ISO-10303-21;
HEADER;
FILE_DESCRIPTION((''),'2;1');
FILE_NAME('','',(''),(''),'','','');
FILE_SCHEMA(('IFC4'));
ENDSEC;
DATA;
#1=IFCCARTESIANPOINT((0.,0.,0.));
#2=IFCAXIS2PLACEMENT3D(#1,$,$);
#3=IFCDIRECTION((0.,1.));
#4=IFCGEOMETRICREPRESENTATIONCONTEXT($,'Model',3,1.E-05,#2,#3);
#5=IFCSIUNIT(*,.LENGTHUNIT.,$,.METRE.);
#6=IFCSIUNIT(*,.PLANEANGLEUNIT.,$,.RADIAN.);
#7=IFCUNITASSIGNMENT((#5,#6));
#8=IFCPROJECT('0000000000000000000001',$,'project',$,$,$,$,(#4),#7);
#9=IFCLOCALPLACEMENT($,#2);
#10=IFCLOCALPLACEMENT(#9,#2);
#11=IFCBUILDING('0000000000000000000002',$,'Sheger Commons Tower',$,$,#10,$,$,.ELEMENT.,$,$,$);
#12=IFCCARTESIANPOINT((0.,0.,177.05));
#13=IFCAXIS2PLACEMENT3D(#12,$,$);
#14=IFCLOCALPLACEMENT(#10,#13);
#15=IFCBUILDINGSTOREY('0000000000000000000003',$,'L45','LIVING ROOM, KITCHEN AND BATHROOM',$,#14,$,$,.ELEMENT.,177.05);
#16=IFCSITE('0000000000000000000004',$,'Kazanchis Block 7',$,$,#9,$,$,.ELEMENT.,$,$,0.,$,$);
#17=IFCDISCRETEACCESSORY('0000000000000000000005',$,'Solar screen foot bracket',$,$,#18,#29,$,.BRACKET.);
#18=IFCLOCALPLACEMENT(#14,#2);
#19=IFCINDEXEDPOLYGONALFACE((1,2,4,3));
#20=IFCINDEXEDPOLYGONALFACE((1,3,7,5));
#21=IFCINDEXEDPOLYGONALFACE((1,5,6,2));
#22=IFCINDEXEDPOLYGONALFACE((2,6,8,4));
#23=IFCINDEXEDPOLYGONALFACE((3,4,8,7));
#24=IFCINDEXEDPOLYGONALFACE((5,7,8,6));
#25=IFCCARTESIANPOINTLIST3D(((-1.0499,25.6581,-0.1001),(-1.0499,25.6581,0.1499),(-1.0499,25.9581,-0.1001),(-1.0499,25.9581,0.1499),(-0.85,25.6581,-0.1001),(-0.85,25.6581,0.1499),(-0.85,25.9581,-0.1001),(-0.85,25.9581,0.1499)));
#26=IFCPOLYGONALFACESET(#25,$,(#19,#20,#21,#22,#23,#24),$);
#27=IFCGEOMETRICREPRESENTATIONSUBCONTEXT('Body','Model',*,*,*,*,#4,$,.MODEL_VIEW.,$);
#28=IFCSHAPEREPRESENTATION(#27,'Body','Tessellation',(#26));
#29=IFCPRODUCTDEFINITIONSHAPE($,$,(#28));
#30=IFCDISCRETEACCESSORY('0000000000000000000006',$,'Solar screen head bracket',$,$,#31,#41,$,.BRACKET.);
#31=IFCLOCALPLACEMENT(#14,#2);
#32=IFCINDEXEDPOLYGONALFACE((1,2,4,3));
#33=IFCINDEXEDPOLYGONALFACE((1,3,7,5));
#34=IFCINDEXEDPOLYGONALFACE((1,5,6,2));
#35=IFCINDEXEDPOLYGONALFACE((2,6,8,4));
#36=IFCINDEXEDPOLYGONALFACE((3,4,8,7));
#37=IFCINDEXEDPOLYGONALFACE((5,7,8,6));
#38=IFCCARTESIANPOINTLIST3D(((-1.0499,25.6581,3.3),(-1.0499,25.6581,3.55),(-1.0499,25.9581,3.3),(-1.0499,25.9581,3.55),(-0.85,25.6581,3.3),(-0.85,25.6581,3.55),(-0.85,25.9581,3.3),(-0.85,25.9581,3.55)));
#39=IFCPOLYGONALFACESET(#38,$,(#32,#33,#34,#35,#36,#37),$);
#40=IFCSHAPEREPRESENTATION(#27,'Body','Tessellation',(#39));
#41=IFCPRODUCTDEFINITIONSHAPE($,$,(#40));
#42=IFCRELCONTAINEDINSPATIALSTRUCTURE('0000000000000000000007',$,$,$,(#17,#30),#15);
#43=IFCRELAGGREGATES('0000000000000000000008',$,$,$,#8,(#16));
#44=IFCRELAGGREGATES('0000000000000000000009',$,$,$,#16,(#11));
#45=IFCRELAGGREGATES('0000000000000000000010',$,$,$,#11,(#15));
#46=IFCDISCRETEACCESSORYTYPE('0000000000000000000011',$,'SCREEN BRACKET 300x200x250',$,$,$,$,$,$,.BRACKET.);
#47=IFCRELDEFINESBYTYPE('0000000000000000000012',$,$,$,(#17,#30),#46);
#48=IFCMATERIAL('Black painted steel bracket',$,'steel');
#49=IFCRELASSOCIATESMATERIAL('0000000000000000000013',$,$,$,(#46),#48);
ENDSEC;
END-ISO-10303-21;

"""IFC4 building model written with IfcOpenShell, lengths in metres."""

from ifc_helpers import new_model, si_unit, direction, frame, origin, origin_2d, place, context, subcontext, project, spatial, rectangle, extrude, material, type_object, element, save


model = new_model("IFC4")

# Units and contexts
model_context = context("Model", 3, precision=1e-05, world=origin(), true_north=direction((0.0, 1.0)))
body_context = subcontext(model_context, "Body", "Model", "MODEL_VIEW")
ifc_project = project(units=[si_unit("LENGTHUNIT", "METRE"), si_unit("PLANEANGLEUNIT", "RADIAN")], contexts=[model_context])

# Site, building, storey
site_placement = place(None, origin())
site = spatial("IfcSite", under=ifc_project, at=site_placement, Name="Kazanchis Block 7", CompositionType="ELEMENT", RefElevation=0.0)
building_placement = place(site_placement, origin())
building = spatial("IfcBuilding", under=site, at=building_placement, Name="Sheger Commons Tower", CompositionType="ELEMENT")
storey_placement = place(building_placement, frame((0.0, 0.0, 177.05)))
storey = spatial("IfcBuildingStorey", under=building, at=storey_placement, Name="L45", Description="LIVING ROOM, KITCHEN AND BATHROOM", CompositionType="ELEMENT", Elevation=177.05)

# Discrete accessories
ifc_material_1 = material(Name="Black painted steel bracket", Category="steel")
discrete_accessory_type = type_object("IfcDiscreteAccessoryType", Name="SCREEN BRACKET 300x200x250", PredefinedType="BRACKET", material=ifc_material_1)
for number, where, z_axis, x_axis, name in (
    (1, (-0.95, 25.8081, -0.1001), (0.0, 0.0, 1.0), (0.0, -1.0, 0.0), "Solar screen foot bracket"),
    (2, (-0.95, 25.8081, 3.3), (0.0, 0.0, 1.0), (0.0, -1.0, 0.0), "Solar screen head bracket"),
):
    element("IfcDiscreteAccessory", number, at=place(storey_placement, frame(where, z_axis=z_axis, x_axis=x_axis)), inside=storey, type_object=discrete_accessory_type, Name=name, PredefinedType="BRACKET", context=body_context, shape_type="SweptSolid", body=[
        extrude(rectangle(XDim=0.3, YDim=0.2, at=origin_2d()), origin(), (0.0, 0.0, 1.0), 0.25),
    ])

save(model, "model.ifc")
